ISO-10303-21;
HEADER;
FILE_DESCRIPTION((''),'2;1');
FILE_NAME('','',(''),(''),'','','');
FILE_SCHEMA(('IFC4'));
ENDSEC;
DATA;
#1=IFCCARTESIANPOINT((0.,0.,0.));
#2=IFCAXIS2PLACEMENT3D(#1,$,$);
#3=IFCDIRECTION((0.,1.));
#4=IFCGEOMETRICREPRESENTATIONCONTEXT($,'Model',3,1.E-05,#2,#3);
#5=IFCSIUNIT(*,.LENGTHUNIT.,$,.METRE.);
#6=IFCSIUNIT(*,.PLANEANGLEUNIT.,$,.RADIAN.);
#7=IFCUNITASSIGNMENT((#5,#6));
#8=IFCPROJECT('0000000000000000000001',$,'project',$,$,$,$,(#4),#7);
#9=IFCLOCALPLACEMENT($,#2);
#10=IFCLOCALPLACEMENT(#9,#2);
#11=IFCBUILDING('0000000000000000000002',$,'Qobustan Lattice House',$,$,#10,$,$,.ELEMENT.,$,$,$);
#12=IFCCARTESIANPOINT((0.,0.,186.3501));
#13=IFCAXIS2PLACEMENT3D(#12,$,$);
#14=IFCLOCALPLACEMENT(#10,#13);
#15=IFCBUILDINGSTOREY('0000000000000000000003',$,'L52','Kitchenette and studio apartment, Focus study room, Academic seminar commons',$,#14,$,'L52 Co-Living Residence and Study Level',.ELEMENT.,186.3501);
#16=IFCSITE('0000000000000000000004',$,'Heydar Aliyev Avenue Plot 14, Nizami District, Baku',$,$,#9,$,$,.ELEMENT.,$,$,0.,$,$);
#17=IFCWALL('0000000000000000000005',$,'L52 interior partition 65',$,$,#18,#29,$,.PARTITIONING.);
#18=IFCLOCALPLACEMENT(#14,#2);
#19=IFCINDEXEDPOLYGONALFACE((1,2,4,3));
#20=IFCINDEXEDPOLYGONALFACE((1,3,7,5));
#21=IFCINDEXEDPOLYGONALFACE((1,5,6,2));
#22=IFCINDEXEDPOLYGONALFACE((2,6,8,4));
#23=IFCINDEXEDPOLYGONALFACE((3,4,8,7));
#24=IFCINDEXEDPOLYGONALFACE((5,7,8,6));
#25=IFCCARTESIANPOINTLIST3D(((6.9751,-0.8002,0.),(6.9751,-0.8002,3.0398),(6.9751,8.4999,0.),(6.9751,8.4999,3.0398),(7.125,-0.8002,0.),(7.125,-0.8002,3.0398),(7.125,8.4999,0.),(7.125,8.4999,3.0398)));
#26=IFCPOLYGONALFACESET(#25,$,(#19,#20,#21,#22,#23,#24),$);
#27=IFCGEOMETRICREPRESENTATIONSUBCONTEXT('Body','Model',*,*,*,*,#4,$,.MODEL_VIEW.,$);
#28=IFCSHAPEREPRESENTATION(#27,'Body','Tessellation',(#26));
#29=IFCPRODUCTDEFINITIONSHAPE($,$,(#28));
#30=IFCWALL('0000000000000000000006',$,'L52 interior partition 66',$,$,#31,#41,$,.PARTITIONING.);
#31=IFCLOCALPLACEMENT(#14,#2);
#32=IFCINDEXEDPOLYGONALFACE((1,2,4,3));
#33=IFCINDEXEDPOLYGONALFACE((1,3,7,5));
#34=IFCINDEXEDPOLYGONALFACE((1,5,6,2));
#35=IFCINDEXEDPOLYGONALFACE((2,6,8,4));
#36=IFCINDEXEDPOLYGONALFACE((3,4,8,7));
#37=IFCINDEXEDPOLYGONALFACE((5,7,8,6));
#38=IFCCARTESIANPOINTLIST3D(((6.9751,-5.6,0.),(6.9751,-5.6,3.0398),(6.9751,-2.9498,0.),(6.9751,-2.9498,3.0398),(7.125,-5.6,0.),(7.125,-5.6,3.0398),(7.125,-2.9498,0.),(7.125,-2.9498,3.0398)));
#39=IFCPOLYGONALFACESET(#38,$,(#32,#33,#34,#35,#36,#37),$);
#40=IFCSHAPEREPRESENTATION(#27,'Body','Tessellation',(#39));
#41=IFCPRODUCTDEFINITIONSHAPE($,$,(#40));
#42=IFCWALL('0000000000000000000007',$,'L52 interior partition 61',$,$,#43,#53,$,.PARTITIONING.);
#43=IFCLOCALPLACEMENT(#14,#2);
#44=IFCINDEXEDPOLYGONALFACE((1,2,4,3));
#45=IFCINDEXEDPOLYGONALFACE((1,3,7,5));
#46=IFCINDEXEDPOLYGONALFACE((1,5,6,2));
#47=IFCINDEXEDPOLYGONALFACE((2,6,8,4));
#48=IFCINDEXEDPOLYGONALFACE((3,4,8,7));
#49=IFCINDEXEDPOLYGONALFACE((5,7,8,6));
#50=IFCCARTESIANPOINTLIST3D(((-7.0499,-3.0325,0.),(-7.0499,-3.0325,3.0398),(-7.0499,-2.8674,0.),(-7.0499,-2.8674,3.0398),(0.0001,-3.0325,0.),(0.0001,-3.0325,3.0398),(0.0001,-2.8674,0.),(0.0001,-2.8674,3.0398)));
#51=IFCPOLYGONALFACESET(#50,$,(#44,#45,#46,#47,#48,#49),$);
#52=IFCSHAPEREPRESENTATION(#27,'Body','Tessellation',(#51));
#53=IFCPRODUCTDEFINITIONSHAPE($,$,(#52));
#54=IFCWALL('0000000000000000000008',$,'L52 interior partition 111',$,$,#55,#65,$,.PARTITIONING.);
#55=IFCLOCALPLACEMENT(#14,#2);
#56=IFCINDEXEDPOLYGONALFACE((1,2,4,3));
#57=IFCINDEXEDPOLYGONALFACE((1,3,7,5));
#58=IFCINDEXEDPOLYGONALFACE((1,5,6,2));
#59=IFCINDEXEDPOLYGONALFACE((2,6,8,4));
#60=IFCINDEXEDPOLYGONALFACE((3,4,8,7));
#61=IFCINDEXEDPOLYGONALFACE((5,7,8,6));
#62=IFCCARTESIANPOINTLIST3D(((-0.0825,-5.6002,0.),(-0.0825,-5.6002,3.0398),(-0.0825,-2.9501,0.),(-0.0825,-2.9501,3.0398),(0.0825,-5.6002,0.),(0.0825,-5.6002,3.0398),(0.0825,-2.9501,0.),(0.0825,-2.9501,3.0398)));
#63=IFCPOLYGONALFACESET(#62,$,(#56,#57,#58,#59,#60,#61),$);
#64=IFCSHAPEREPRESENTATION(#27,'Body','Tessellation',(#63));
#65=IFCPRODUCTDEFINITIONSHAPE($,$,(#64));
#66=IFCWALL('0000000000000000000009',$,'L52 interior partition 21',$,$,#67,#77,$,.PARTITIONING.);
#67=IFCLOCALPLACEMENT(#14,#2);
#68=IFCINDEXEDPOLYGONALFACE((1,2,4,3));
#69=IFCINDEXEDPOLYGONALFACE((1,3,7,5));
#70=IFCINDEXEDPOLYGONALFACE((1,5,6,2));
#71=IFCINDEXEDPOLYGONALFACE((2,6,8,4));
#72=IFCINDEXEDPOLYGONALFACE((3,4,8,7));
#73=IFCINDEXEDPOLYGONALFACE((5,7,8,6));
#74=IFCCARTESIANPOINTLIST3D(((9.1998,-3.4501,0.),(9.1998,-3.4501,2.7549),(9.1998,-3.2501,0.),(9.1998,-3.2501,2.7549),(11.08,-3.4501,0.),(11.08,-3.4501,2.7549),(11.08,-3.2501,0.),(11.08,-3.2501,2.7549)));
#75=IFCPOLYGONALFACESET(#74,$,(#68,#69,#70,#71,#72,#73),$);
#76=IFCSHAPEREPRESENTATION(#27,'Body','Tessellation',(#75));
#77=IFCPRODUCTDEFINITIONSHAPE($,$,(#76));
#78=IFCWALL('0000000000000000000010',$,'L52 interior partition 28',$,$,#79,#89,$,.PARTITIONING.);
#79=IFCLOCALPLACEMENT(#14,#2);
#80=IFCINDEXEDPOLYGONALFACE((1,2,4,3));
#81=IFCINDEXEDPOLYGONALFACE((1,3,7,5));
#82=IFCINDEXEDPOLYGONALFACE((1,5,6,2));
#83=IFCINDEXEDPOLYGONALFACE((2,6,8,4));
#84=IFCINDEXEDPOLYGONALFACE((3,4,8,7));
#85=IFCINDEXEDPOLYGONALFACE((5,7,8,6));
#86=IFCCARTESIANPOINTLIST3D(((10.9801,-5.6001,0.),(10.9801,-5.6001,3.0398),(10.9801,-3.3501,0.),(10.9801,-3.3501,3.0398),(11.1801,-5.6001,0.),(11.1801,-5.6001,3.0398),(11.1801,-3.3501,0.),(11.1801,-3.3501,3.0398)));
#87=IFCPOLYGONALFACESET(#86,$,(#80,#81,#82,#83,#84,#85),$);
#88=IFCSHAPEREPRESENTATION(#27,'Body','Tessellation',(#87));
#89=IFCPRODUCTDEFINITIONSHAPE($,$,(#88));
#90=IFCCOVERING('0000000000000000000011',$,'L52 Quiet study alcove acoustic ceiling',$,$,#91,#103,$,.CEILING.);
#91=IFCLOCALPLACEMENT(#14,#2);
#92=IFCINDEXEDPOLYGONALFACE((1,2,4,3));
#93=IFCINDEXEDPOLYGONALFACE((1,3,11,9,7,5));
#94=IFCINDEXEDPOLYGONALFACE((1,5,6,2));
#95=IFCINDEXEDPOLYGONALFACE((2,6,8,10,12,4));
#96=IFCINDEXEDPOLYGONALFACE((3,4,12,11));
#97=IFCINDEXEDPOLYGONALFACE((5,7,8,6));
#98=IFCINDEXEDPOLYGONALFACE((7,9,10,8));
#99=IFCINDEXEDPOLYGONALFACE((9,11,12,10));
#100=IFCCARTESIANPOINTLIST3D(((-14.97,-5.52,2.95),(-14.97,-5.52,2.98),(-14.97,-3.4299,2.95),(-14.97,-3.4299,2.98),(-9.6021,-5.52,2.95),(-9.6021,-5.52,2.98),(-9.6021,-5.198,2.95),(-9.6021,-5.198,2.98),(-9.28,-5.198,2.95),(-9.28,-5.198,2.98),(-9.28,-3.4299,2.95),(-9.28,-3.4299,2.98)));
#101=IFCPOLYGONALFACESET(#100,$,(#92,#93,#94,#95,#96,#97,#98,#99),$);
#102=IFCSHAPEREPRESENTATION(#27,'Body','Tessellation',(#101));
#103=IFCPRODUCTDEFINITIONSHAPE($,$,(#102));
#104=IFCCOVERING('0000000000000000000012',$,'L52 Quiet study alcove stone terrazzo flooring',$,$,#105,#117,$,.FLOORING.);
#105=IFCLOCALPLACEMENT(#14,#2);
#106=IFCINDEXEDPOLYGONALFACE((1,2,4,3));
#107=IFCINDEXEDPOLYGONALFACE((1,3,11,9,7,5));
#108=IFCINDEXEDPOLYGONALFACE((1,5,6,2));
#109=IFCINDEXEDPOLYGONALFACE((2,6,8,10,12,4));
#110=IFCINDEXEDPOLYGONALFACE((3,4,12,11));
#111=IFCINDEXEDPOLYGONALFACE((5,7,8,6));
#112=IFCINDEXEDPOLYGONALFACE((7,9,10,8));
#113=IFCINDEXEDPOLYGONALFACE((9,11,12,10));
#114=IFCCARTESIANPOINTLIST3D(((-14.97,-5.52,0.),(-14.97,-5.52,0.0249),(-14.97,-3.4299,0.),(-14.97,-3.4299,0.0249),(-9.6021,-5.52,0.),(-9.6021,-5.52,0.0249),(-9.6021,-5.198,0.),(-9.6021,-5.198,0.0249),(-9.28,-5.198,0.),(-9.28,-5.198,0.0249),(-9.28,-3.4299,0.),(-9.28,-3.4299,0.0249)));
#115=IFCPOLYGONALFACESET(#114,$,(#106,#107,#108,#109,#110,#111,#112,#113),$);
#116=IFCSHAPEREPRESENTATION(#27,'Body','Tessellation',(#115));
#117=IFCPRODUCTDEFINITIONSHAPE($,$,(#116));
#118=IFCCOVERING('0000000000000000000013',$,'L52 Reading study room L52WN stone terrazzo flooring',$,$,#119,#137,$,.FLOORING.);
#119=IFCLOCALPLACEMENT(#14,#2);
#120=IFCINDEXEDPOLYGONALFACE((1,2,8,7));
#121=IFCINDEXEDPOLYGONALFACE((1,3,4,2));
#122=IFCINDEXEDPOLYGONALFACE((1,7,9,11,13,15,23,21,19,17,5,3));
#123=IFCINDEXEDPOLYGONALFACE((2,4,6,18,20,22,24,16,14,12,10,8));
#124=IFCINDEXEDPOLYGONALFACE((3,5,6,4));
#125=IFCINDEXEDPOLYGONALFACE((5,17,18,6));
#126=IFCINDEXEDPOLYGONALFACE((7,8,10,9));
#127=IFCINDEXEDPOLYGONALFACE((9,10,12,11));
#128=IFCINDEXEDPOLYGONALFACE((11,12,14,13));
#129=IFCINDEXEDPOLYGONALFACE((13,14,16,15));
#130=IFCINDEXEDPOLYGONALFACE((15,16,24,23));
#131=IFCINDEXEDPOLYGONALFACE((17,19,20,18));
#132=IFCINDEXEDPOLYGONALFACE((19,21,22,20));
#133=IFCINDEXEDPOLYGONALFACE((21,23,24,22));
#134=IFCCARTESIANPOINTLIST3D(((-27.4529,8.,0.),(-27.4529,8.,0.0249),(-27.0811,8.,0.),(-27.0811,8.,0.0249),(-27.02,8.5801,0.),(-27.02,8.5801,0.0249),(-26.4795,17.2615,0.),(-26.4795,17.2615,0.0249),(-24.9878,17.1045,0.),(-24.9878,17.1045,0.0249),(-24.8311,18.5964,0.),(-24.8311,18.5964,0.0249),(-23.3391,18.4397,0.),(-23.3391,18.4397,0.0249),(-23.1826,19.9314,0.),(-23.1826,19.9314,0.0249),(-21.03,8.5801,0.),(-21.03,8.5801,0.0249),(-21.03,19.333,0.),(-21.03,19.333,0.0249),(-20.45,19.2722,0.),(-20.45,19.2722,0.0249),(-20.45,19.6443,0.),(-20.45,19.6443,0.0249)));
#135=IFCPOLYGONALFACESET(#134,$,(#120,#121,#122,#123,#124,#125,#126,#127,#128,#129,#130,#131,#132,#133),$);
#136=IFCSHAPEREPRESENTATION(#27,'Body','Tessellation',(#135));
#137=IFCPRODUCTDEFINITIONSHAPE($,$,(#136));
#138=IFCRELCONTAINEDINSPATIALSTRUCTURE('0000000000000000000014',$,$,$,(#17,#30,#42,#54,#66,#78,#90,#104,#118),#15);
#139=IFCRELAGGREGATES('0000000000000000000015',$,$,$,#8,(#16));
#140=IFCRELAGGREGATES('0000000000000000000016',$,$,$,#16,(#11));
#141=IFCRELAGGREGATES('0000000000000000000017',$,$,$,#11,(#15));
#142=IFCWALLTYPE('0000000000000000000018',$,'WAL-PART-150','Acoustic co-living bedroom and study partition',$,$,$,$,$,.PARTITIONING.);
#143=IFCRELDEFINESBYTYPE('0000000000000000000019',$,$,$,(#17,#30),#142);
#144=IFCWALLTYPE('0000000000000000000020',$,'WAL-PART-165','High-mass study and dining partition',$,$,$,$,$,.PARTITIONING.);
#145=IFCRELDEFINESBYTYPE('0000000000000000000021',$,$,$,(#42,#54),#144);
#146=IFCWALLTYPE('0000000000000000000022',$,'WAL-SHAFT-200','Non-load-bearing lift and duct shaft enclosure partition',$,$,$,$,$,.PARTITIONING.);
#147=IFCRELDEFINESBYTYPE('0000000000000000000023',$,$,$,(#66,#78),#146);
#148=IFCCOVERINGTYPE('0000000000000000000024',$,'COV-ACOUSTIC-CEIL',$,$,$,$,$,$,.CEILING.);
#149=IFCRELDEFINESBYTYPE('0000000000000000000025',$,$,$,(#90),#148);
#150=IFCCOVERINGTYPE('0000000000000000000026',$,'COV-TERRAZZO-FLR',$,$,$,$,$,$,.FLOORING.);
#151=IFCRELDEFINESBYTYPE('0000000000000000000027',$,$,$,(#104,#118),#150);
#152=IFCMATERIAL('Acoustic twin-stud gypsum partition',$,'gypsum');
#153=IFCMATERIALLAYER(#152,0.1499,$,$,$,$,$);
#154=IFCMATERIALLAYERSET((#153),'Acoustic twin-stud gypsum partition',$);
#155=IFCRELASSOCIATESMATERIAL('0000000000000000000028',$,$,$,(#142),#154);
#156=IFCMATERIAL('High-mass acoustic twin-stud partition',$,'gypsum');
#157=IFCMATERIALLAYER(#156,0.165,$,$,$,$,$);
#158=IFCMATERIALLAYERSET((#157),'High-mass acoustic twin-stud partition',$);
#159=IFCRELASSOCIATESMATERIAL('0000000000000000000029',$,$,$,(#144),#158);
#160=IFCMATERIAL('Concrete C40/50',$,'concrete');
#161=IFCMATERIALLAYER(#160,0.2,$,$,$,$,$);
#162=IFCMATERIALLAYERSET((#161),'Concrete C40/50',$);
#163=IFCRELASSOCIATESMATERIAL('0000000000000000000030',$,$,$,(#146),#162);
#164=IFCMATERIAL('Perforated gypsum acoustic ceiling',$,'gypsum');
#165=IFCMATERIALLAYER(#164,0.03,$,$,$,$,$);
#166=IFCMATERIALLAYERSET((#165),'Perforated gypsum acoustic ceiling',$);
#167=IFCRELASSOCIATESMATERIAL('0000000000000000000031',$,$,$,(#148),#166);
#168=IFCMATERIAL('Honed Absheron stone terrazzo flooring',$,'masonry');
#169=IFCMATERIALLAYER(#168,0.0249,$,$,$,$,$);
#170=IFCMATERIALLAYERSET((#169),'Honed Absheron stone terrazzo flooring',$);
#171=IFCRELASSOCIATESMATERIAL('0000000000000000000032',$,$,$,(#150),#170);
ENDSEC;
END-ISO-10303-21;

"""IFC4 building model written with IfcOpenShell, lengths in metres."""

from ifc_helpers import new_model, si_unit, direction, frame, frame_2d, origin, place, context, subcontext, project, spatial, polyline, rectangle, outline, extrude, material, layer, layer_set, type_object, element, save


model = new_model("IFC4")

# Units and contexts
model_context = context("Model", 3, precision=1e-05, world=origin(), true_north=direction((0.0, 1.0)))
body_context = subcontext(model_context, "Body", "Model", "MODEL_VIEW")
ifc_project = project(units=[si_unit("LENGTHUNIT", "METRE"), si_unit("PLANEANGLEUNIT", "RADIAN")], contexts=[model_context])

# Site, building, storey
site_placement = place(None, origin())
site = spatial("IfcSite", under=ifc_project, at=site_placement, Name="Heydar Aliyev Avenue Plot 14, Nizami District, Baku", CompositionType="ELEMENT", RefElevation=0.0)
building_placement = place(site_placement, origin())
building = spatial("IfcBuilding", under=site, at=building_placement, Name="Qobustan Lattice House", CompositionType="ELEMENT")
storey_placement = place(building_placement, frame((0.0, 0.0, 186.3501)))
storey = spatial("IfcBuildingStorey", under=building, at=storey_placement, Name="L52", Description="Kitchenette and studio apartment, Focus study room, Academic seminar commons", LongName="L52 Co-Living Residence and Study Level", CompositionType="ELEMENT", Elevation=186.3501)

# Walls
ifc_material_1 = material(Name="Acoustic twin-stud gypsum partition", Category="gypsum")
ifc_layer_1 = layer(ifc_material_1, 0.1499)
ifc_layer_set_1 = layer_set([ifc_layer_1], Name="Acoustic twin-stud gypsum partition")
wall_type_1 = type_object("IfcWallType", Name="WAL-PART-150", Description="Acoustic co-living bedroom and study partition", PredefinedType="PARTITIONING", material=ifc_layer_set_1)
wall_1_placement = place(storey_placement, frame((7.05, -0.8, 0.0), z_axis=(0.0, 0.0, 1.0), x_axis=(0.0, 1.0, 0.0)))
element("IfcWall", 1, at=wall_1_placement, inside=storey, type_object=wall_type_1, Name="L52 interior partition 65", PredefinedType="PARTITIONING", context=body_context, shape_type="SweptSolid", body=[
    extrude(rectangle(XDim=9.3, YDim=0.1499, at=frame_2d((4.6499, 0.0))), origin(), (0.0, 0.0, 1.0), 3.0398),
])
wall_2_placement = place(storey_placement, frame((7.05, -5.6001, 0.0), z_axis=(0.0, 0.0, 1.0), x_axis=(0.0, 1.0, 0.0)))
element("IfcWall", 2, at=wall_2_placement, inside=storey, type_object=wall_type_1, Name="L52 interior partition 66", PredefinedType="PARTITIONING", context=body_context, shape_type="SweptSolid", body=[
    extrude(rectangle(XDim=2.6501, YDim=0.1499, at=frame_2d((1.3252, 0.0))), origin(), (0.0, 0.0, 1.0), 3.0398),
])
ifc_material_2 = material(Name="High-mass acoustic twin-stud partition", Category="gypsum")
ifc_layer_2 = layer(ifc_material_2, 0.165)
ifc_layer_set_2 = layer_set([ifc_layer_2], Name="High-mass acoustic twin-stud partition")
wall_type_2 = type_object("IfcWallType", Name="WAL-PART-165", Description="High-mass study and dining partition", PredefinedType="PARTITIONING", material=ifc_layer_set_2)
wall_3_placement = place(storey_placement, frame((0.0, -2.95, 0.0), z_axis=(0.0, 0.0, 1.0), x_axis=(-1.0, 0.0, 0.0)))
element("IfcWall", 3, at=wall_3_placement, inside=storey, type_object=wall_type_2, Name="L52 interior partition 61", PredefinedType="PARTITIONING", context=body_context, shape_type="SweptSolid", body=[
    extrude(rectangle(XDim=7.05, YDim=0.165, at=frame_2d((3.5249, 0.0))), origin(), (0.0, 0.0, 1.0), 3.0398),
])
wall_4_placement = place(storey_placement, frame((0.0, -2.95, 0.0), z_axis=(0.0, 0.0, 1.0), x_axis=(0.0, -1.0, 0.0)))
element("IfcWall", 4, at=wall_4_placement, inside=storey, type_object=wall_type_2, Name="L52 interior partition 111", PredefinedType="PARTITIONING", context=body_context, shape_type="SweptSolid", body=[
    extrude(rectangle(XDim=2.6501, YDim=0.165, at=frame_2d((1.3252, 0.0))), origin(), (0.0, 0.0, 1.0), 3.0398),
])
ifc_material_3 = material(Name="Concrete C40/50", Category="concrete")
ifc_layer_3 = layer(ifc_material_3, 0.2)
ifc_layer_set_3 = layer_set([ifc_layer_3], Name="Concrete C40/50")
wall_type_3 = type_object("IfcWallType", Name="WAL-SHAFT-200", Description="Non-load-bearing lift and duct shaft enclosure partition", PredefinedType="PARTITIONING", material=ifc_layer_set_3)
wall_5_placement = place(storey_placement, frame((9.2, -3.3501, 0.0), z_axis=(0.0, 0.0, 1.0), x_axis=(1.0, 0.0, 0.0)))
element("IfcWall", 5, at=wall_5_placement, inside=storey, type_object=wall_type_3, Name="L52 interior partition 21", PredefinedType="PARTITIONING", context=body_context, shape_type="SweptSolid", body=[
    extrude(rectangle(XDim=1.8801, YDim=0.2, at=frame_2d((0.9399, 0.0))), origin(), (0.0, 0.0, 1.0), 2.7549),
])
wall_6_placement = place(storey_placement, frame((11.0801, -5.6001, 0.0), z_axis=(0.0, 0.0, 1.0), x_axis=(0.0, 1.0, 0.0)))
element("IfcWall", 6, at=wall_6_placement, inside=storey, type_object=wall_type_3, Name="L52 interior partition 28", PredefinedType="PARTITIONING", context=body_context, shape_type="SweptSolid", body=[
    extrude(rectangle(XDim=2.25, YDim=0.2, at=frame_2d((1.125, 0.0))), origin(), (0.0, 0.0, 1.0), 3.0398),
])

# Coverings
ifc_material_4 = material(Name="Perforated gypsum acoustic ceiling", Category="gypsum")
ifc_layer_4 = layer(ifc_material_4, 0.03)
ifc_layer_set_4 = layer_set([ifc_layer_4], Name="Perforated gypsum acoustic ceiling")
covering_type_1 = type_object("IfcCoveringType", Name="COV-ACOUSTIC-CEIL", PredefinedType="CEILING", material=ifc_layer_set_4)
covering_1_placement = place(storey_placement, frame((0.0, 0.0, 2.95)))
element("IfcCovering", 7, at=covering_1_placement, inside=storey, type_object=covering_type_1, Name="L52 Quiet study alcove acoustic ceiling", PredefinedType="CEILING", context=body_context, shape_type="SweptSolid", body=[
    extrude(outline(polyline([(-9.28, -3.4299), (-14.97, -3.4299), (-14.97, -5.52), (-9.6021, -5.52), (-9.6021, -5.198), (-9.28, -5.198), (-9.28, -3.4299)])), origin(), (0.0, 0.0, 1.0), 0.03),
])
ifc_material_5 = material(Name="Honed Absheron stone terrazzo flooring", Category="masonry")
ifc_layer_5 = layer(ifc_material_5, 0.0249)
ifc_layer_set_5 = layer_set([ifc_layer_5], Name="Honed Absheron stone terrazzo flooring")
covering_type_2 = type_object("IfcCoveringType", Name="COV-TERRAZZO-FLR", PredefinedType="FLOORING", material=ifc_layer_set_5)
covering_2_placement = place(storey_placement, origin())
element("IfcCovering", 8, at=covering_2_placement, inside=storey, type_object=covering_type_2, Name="L52 Quiet study alcove stone terrazzo flooring", PredefinedType="FLOORING", context=body_context, shape_type="SweptSolid", body=[
    extrude(outline(polyline([(-9.28, -3.4299), (-14.97, -3.4299), (-14.97, -5.52), (-9.6021, -5.52), (-9.6021, -5.198), (-9.28, -5.198), (-9.28, -3.4299)])), origin(), (0.0, 0.0, 1.0), 0.0249),
])
covering_3_placement = place(storey_placement, origin())
element("IfcCovering", 9, at=covering_3_placement, inside=storey, type_object=covering_type_2, Name="L52 Reading study room L52WN stone terrazzo flooring", PredefinedType="FLOORING", context=body_context, shape_type="SweptSolid", body=[
    extrude(outline(polyline([(-26.4795, 17.2615), (-27.4529, 8.0), (-27.0811, 8.0), (-27.02, 8.5801), (-21.03, 8.5801), (-21.03, 19.333), (-20.45, 19.2722), (-20.45, 19.6443), (-23.1826, 19.9314), (-23.3391, 18.4397), (-24.8311, 18.5964), (-24.9878, 17.1045), (-26.4795, 17.2615)])), origin(), (0.0, 0.0, 1.0), 0.0249),
])

save(model, "model.ifc")
